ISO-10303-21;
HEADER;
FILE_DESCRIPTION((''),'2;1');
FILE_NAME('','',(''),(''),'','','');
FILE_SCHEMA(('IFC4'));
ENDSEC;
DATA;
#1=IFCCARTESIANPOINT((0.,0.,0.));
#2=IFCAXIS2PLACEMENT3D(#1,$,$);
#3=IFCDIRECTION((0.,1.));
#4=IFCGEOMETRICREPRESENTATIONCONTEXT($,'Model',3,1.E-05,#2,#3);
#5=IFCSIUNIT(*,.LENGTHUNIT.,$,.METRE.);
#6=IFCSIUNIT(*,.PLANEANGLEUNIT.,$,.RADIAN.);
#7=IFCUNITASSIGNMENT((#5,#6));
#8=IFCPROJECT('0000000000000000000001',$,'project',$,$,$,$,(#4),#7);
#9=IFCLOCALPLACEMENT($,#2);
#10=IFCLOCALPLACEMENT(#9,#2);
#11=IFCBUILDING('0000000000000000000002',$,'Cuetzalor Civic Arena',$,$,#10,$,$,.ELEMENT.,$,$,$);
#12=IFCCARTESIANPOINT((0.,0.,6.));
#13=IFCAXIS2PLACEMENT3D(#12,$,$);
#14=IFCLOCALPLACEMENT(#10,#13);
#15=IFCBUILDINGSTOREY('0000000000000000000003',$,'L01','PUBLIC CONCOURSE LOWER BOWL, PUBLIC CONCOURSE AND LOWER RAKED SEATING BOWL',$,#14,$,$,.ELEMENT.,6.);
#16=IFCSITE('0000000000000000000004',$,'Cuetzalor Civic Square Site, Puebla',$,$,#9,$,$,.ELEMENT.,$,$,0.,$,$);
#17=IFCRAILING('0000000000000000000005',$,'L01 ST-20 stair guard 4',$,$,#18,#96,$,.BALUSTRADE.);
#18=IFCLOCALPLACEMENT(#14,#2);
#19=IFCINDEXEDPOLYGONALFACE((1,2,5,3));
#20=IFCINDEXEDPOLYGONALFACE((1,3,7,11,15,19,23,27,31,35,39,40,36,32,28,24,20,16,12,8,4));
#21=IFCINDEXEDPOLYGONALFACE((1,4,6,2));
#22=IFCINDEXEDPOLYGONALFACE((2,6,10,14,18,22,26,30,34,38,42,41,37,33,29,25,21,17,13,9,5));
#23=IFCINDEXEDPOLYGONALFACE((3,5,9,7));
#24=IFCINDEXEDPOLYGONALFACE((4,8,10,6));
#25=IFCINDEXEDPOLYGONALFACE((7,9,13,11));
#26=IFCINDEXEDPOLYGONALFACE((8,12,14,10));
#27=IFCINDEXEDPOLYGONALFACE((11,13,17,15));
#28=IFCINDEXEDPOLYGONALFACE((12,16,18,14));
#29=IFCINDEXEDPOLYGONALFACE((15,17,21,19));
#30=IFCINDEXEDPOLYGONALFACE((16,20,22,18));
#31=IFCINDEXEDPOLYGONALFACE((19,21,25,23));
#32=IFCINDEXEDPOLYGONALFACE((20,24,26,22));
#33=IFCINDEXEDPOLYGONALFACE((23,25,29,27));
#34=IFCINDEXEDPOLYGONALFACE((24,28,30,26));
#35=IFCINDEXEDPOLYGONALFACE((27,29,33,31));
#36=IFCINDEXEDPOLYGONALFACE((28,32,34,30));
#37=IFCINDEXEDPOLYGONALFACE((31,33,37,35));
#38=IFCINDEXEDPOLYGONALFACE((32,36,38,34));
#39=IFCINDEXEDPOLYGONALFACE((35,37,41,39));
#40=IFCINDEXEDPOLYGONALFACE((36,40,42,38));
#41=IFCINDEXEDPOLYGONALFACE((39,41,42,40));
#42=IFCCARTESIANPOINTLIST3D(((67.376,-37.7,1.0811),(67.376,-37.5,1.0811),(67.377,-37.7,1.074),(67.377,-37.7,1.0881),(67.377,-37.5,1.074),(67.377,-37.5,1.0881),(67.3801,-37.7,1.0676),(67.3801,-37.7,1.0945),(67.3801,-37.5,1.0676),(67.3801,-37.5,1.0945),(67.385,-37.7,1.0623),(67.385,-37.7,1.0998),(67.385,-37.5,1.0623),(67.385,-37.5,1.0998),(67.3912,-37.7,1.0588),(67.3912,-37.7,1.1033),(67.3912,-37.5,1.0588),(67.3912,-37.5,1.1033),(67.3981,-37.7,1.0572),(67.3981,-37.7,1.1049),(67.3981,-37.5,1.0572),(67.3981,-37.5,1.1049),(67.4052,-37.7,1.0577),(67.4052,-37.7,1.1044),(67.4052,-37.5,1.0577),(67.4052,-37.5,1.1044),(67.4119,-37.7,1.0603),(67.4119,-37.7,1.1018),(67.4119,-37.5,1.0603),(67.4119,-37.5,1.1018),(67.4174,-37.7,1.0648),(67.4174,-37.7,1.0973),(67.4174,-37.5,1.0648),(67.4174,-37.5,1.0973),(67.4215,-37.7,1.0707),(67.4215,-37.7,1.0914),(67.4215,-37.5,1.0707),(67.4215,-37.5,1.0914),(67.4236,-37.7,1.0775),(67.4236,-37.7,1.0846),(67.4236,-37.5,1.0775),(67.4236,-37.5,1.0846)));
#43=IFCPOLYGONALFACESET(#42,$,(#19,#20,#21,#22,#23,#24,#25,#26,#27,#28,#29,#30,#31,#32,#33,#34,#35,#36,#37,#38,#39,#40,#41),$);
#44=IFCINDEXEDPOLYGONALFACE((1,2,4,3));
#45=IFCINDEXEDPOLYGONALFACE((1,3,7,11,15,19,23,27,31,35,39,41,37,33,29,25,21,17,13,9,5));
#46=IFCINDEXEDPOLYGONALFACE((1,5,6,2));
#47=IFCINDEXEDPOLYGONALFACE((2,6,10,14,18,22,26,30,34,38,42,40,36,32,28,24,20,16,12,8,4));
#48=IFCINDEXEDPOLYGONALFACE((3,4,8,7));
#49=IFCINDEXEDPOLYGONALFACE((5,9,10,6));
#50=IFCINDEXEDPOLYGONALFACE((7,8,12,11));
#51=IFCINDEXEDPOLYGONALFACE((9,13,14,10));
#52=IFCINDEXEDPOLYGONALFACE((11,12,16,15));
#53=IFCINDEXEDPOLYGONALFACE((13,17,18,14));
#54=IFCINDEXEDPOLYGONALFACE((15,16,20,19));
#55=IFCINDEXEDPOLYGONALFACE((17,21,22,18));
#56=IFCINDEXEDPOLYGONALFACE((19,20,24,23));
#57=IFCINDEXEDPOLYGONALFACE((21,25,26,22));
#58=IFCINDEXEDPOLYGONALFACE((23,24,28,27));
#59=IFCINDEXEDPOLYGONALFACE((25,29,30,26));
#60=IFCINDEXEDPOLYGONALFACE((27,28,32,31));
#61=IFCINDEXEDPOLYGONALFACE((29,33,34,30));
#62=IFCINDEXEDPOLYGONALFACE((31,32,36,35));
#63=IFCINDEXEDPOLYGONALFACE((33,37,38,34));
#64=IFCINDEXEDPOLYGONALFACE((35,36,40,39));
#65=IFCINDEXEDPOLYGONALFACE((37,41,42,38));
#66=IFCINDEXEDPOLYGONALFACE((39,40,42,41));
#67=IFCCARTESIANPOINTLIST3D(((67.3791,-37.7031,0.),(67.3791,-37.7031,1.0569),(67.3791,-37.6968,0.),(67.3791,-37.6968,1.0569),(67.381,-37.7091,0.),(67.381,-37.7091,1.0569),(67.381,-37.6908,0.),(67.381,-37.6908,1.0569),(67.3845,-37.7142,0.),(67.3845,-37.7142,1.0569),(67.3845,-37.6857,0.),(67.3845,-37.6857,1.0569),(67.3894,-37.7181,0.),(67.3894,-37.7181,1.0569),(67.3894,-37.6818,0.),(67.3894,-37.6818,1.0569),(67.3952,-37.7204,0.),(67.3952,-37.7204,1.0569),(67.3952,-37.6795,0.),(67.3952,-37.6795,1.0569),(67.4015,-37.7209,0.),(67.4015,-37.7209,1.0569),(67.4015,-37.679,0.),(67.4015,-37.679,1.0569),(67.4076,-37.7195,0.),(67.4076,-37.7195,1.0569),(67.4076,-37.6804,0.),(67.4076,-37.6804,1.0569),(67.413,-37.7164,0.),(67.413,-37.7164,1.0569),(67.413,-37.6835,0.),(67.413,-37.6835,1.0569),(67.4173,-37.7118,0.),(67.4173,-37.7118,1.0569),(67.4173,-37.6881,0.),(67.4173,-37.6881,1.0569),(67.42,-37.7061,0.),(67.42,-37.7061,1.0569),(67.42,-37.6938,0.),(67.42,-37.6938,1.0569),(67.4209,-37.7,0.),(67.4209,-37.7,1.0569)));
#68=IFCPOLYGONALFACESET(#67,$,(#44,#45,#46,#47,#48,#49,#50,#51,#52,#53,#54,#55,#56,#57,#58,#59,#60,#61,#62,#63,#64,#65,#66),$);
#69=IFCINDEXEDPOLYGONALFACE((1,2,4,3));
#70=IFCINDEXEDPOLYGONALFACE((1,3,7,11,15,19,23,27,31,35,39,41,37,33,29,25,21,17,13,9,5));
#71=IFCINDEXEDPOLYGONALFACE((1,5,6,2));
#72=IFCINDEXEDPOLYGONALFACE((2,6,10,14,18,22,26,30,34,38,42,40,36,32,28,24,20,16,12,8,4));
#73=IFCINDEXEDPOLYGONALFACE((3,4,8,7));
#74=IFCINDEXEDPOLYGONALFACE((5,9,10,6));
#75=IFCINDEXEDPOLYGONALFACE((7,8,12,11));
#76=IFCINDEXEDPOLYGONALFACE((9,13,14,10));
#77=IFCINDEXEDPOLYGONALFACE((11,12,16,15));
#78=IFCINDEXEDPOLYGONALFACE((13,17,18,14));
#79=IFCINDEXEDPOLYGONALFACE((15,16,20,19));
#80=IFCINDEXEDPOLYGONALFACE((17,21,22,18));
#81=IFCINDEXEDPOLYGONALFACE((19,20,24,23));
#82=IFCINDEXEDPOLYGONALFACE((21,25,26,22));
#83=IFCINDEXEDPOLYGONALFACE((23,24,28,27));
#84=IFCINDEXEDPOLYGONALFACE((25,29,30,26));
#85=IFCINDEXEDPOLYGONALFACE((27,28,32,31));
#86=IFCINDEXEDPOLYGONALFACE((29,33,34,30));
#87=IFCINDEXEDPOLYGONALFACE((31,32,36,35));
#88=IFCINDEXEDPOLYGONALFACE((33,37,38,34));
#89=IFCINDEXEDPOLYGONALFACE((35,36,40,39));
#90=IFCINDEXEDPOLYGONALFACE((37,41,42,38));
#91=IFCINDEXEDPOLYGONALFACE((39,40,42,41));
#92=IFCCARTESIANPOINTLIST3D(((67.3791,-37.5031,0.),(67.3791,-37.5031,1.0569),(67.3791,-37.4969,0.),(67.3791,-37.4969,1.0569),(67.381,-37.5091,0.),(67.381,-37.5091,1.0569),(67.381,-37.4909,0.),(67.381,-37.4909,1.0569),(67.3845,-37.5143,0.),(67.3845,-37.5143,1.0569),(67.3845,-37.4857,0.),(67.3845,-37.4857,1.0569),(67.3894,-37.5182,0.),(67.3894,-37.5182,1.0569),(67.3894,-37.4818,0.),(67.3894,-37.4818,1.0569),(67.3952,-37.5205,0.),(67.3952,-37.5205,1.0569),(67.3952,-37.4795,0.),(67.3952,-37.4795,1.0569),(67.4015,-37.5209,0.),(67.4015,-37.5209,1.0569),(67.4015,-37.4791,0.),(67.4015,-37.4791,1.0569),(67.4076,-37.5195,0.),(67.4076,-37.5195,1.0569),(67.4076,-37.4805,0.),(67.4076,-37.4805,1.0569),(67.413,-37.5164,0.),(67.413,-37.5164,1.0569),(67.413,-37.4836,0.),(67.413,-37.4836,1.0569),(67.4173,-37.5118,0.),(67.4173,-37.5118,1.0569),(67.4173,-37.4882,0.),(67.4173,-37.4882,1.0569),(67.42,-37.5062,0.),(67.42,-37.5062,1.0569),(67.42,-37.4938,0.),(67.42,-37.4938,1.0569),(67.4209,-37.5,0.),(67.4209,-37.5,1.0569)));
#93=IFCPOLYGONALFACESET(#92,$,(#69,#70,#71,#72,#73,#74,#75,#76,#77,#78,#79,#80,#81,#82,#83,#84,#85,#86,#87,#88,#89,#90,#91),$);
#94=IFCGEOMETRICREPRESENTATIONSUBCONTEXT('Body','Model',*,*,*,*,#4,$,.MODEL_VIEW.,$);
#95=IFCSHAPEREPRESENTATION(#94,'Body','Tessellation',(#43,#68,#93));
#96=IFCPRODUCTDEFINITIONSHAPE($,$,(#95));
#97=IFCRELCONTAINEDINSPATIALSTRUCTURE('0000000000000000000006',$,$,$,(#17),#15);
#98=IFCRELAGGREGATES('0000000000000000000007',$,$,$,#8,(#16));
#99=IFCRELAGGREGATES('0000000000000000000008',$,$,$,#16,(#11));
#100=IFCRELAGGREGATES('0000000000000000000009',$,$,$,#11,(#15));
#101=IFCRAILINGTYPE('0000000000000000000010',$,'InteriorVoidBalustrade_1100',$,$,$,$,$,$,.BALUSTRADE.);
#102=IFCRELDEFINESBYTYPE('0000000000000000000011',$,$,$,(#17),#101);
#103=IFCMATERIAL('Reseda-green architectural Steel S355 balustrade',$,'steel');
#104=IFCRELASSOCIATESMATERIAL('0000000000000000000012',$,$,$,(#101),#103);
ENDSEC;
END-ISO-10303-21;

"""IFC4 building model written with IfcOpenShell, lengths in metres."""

from ifc_helpers import new_model, si_unit, direction, frame, origin, origin_2d, place, context, subcontext, project, spatial, circle, extrude, material, type_object, element, save


model = new_model("IFC4")

# Units and contexts
model_context = context("Model", 3, precision=1e-05, world=origin(), true_north=direction((0.0, 1.0)))
body_context = subcontext(model_context, "Body", "Model", "MODEL_VIEW")
ifc_project = project(units=[si_unit("LENGTHUNIT", "METRE"), si_unit("PLANEANGLEUNIT", "RADIAN")], contexts=[model_context])

# Site, building, storey
site_placement = place(None, origin())
site = spatial("IfcSite", under=ifc_project, at=site_placement, Name="Cuetzalor Civic Square Site, Puebla", CompositionType="ELEMENT", RefElevation=0.0)
building_placement = place(site_placement, origin())
building = spatial("IfcBuilding", under=site, at=building_placement, Name="Cuetzalor Civic Arena", CompositionType="ELEMENT")
storey_placement = place(building_placement, frame((0.0, 0.0, 6.0)))
storey = spatial("IfcBuildingStorey", under=building, at=storey_placement, Name="L01", Description="PUBLIC CONCOURSE LOWER BOWL, PUBLIC CONCOURSE AND LOWER RAKED SEATING BOWL", CompositionType="ELEMENT", Elevation=6.0)

# Railing
ifc_material_1 = material(Name="Reseda-green architectural Steel S355 balustrade", Category="steel")
railing_type_1 = type_object("IfcRailingType", Name="InteriorVoidBalustrade_1100", PredefinedType="BALUSTRADE", material=ifc_material_1)
railing_1_placement = place(storey_placement, frame((67.3999, -37.7, 0.0)))
element("IfcRailing", 1, at=railing_1_placement, inside=storey, type_object=railing_type_1, Name="L01 ST-20 stair guard 4", PredefinedType="BALUSTRADE", context=body_context, shape_type="SweptSolid", body=[
    extrude(circle(Radius=0.0239, at=origin_2d()), frame((0.0, 0.0, 1.0811), z_axis=(0.0, 1.0, 0.0), x_axis=(-1.0, 0.0, 0.0)), (0.0, 0.0, 1.0), 0.2),
    extrude(circle(Radius=0.021, at=origin_2d()), origin(), (0.0, 0.0, 1.0), 1.0569),
    extrude(circle(Radius=0.021, at=origin_2d()), frame((0.0, 0.2, 0.0)), (0.0, 0.0, 1.0), 1.0569),
])

save(model, "model.ifc")
